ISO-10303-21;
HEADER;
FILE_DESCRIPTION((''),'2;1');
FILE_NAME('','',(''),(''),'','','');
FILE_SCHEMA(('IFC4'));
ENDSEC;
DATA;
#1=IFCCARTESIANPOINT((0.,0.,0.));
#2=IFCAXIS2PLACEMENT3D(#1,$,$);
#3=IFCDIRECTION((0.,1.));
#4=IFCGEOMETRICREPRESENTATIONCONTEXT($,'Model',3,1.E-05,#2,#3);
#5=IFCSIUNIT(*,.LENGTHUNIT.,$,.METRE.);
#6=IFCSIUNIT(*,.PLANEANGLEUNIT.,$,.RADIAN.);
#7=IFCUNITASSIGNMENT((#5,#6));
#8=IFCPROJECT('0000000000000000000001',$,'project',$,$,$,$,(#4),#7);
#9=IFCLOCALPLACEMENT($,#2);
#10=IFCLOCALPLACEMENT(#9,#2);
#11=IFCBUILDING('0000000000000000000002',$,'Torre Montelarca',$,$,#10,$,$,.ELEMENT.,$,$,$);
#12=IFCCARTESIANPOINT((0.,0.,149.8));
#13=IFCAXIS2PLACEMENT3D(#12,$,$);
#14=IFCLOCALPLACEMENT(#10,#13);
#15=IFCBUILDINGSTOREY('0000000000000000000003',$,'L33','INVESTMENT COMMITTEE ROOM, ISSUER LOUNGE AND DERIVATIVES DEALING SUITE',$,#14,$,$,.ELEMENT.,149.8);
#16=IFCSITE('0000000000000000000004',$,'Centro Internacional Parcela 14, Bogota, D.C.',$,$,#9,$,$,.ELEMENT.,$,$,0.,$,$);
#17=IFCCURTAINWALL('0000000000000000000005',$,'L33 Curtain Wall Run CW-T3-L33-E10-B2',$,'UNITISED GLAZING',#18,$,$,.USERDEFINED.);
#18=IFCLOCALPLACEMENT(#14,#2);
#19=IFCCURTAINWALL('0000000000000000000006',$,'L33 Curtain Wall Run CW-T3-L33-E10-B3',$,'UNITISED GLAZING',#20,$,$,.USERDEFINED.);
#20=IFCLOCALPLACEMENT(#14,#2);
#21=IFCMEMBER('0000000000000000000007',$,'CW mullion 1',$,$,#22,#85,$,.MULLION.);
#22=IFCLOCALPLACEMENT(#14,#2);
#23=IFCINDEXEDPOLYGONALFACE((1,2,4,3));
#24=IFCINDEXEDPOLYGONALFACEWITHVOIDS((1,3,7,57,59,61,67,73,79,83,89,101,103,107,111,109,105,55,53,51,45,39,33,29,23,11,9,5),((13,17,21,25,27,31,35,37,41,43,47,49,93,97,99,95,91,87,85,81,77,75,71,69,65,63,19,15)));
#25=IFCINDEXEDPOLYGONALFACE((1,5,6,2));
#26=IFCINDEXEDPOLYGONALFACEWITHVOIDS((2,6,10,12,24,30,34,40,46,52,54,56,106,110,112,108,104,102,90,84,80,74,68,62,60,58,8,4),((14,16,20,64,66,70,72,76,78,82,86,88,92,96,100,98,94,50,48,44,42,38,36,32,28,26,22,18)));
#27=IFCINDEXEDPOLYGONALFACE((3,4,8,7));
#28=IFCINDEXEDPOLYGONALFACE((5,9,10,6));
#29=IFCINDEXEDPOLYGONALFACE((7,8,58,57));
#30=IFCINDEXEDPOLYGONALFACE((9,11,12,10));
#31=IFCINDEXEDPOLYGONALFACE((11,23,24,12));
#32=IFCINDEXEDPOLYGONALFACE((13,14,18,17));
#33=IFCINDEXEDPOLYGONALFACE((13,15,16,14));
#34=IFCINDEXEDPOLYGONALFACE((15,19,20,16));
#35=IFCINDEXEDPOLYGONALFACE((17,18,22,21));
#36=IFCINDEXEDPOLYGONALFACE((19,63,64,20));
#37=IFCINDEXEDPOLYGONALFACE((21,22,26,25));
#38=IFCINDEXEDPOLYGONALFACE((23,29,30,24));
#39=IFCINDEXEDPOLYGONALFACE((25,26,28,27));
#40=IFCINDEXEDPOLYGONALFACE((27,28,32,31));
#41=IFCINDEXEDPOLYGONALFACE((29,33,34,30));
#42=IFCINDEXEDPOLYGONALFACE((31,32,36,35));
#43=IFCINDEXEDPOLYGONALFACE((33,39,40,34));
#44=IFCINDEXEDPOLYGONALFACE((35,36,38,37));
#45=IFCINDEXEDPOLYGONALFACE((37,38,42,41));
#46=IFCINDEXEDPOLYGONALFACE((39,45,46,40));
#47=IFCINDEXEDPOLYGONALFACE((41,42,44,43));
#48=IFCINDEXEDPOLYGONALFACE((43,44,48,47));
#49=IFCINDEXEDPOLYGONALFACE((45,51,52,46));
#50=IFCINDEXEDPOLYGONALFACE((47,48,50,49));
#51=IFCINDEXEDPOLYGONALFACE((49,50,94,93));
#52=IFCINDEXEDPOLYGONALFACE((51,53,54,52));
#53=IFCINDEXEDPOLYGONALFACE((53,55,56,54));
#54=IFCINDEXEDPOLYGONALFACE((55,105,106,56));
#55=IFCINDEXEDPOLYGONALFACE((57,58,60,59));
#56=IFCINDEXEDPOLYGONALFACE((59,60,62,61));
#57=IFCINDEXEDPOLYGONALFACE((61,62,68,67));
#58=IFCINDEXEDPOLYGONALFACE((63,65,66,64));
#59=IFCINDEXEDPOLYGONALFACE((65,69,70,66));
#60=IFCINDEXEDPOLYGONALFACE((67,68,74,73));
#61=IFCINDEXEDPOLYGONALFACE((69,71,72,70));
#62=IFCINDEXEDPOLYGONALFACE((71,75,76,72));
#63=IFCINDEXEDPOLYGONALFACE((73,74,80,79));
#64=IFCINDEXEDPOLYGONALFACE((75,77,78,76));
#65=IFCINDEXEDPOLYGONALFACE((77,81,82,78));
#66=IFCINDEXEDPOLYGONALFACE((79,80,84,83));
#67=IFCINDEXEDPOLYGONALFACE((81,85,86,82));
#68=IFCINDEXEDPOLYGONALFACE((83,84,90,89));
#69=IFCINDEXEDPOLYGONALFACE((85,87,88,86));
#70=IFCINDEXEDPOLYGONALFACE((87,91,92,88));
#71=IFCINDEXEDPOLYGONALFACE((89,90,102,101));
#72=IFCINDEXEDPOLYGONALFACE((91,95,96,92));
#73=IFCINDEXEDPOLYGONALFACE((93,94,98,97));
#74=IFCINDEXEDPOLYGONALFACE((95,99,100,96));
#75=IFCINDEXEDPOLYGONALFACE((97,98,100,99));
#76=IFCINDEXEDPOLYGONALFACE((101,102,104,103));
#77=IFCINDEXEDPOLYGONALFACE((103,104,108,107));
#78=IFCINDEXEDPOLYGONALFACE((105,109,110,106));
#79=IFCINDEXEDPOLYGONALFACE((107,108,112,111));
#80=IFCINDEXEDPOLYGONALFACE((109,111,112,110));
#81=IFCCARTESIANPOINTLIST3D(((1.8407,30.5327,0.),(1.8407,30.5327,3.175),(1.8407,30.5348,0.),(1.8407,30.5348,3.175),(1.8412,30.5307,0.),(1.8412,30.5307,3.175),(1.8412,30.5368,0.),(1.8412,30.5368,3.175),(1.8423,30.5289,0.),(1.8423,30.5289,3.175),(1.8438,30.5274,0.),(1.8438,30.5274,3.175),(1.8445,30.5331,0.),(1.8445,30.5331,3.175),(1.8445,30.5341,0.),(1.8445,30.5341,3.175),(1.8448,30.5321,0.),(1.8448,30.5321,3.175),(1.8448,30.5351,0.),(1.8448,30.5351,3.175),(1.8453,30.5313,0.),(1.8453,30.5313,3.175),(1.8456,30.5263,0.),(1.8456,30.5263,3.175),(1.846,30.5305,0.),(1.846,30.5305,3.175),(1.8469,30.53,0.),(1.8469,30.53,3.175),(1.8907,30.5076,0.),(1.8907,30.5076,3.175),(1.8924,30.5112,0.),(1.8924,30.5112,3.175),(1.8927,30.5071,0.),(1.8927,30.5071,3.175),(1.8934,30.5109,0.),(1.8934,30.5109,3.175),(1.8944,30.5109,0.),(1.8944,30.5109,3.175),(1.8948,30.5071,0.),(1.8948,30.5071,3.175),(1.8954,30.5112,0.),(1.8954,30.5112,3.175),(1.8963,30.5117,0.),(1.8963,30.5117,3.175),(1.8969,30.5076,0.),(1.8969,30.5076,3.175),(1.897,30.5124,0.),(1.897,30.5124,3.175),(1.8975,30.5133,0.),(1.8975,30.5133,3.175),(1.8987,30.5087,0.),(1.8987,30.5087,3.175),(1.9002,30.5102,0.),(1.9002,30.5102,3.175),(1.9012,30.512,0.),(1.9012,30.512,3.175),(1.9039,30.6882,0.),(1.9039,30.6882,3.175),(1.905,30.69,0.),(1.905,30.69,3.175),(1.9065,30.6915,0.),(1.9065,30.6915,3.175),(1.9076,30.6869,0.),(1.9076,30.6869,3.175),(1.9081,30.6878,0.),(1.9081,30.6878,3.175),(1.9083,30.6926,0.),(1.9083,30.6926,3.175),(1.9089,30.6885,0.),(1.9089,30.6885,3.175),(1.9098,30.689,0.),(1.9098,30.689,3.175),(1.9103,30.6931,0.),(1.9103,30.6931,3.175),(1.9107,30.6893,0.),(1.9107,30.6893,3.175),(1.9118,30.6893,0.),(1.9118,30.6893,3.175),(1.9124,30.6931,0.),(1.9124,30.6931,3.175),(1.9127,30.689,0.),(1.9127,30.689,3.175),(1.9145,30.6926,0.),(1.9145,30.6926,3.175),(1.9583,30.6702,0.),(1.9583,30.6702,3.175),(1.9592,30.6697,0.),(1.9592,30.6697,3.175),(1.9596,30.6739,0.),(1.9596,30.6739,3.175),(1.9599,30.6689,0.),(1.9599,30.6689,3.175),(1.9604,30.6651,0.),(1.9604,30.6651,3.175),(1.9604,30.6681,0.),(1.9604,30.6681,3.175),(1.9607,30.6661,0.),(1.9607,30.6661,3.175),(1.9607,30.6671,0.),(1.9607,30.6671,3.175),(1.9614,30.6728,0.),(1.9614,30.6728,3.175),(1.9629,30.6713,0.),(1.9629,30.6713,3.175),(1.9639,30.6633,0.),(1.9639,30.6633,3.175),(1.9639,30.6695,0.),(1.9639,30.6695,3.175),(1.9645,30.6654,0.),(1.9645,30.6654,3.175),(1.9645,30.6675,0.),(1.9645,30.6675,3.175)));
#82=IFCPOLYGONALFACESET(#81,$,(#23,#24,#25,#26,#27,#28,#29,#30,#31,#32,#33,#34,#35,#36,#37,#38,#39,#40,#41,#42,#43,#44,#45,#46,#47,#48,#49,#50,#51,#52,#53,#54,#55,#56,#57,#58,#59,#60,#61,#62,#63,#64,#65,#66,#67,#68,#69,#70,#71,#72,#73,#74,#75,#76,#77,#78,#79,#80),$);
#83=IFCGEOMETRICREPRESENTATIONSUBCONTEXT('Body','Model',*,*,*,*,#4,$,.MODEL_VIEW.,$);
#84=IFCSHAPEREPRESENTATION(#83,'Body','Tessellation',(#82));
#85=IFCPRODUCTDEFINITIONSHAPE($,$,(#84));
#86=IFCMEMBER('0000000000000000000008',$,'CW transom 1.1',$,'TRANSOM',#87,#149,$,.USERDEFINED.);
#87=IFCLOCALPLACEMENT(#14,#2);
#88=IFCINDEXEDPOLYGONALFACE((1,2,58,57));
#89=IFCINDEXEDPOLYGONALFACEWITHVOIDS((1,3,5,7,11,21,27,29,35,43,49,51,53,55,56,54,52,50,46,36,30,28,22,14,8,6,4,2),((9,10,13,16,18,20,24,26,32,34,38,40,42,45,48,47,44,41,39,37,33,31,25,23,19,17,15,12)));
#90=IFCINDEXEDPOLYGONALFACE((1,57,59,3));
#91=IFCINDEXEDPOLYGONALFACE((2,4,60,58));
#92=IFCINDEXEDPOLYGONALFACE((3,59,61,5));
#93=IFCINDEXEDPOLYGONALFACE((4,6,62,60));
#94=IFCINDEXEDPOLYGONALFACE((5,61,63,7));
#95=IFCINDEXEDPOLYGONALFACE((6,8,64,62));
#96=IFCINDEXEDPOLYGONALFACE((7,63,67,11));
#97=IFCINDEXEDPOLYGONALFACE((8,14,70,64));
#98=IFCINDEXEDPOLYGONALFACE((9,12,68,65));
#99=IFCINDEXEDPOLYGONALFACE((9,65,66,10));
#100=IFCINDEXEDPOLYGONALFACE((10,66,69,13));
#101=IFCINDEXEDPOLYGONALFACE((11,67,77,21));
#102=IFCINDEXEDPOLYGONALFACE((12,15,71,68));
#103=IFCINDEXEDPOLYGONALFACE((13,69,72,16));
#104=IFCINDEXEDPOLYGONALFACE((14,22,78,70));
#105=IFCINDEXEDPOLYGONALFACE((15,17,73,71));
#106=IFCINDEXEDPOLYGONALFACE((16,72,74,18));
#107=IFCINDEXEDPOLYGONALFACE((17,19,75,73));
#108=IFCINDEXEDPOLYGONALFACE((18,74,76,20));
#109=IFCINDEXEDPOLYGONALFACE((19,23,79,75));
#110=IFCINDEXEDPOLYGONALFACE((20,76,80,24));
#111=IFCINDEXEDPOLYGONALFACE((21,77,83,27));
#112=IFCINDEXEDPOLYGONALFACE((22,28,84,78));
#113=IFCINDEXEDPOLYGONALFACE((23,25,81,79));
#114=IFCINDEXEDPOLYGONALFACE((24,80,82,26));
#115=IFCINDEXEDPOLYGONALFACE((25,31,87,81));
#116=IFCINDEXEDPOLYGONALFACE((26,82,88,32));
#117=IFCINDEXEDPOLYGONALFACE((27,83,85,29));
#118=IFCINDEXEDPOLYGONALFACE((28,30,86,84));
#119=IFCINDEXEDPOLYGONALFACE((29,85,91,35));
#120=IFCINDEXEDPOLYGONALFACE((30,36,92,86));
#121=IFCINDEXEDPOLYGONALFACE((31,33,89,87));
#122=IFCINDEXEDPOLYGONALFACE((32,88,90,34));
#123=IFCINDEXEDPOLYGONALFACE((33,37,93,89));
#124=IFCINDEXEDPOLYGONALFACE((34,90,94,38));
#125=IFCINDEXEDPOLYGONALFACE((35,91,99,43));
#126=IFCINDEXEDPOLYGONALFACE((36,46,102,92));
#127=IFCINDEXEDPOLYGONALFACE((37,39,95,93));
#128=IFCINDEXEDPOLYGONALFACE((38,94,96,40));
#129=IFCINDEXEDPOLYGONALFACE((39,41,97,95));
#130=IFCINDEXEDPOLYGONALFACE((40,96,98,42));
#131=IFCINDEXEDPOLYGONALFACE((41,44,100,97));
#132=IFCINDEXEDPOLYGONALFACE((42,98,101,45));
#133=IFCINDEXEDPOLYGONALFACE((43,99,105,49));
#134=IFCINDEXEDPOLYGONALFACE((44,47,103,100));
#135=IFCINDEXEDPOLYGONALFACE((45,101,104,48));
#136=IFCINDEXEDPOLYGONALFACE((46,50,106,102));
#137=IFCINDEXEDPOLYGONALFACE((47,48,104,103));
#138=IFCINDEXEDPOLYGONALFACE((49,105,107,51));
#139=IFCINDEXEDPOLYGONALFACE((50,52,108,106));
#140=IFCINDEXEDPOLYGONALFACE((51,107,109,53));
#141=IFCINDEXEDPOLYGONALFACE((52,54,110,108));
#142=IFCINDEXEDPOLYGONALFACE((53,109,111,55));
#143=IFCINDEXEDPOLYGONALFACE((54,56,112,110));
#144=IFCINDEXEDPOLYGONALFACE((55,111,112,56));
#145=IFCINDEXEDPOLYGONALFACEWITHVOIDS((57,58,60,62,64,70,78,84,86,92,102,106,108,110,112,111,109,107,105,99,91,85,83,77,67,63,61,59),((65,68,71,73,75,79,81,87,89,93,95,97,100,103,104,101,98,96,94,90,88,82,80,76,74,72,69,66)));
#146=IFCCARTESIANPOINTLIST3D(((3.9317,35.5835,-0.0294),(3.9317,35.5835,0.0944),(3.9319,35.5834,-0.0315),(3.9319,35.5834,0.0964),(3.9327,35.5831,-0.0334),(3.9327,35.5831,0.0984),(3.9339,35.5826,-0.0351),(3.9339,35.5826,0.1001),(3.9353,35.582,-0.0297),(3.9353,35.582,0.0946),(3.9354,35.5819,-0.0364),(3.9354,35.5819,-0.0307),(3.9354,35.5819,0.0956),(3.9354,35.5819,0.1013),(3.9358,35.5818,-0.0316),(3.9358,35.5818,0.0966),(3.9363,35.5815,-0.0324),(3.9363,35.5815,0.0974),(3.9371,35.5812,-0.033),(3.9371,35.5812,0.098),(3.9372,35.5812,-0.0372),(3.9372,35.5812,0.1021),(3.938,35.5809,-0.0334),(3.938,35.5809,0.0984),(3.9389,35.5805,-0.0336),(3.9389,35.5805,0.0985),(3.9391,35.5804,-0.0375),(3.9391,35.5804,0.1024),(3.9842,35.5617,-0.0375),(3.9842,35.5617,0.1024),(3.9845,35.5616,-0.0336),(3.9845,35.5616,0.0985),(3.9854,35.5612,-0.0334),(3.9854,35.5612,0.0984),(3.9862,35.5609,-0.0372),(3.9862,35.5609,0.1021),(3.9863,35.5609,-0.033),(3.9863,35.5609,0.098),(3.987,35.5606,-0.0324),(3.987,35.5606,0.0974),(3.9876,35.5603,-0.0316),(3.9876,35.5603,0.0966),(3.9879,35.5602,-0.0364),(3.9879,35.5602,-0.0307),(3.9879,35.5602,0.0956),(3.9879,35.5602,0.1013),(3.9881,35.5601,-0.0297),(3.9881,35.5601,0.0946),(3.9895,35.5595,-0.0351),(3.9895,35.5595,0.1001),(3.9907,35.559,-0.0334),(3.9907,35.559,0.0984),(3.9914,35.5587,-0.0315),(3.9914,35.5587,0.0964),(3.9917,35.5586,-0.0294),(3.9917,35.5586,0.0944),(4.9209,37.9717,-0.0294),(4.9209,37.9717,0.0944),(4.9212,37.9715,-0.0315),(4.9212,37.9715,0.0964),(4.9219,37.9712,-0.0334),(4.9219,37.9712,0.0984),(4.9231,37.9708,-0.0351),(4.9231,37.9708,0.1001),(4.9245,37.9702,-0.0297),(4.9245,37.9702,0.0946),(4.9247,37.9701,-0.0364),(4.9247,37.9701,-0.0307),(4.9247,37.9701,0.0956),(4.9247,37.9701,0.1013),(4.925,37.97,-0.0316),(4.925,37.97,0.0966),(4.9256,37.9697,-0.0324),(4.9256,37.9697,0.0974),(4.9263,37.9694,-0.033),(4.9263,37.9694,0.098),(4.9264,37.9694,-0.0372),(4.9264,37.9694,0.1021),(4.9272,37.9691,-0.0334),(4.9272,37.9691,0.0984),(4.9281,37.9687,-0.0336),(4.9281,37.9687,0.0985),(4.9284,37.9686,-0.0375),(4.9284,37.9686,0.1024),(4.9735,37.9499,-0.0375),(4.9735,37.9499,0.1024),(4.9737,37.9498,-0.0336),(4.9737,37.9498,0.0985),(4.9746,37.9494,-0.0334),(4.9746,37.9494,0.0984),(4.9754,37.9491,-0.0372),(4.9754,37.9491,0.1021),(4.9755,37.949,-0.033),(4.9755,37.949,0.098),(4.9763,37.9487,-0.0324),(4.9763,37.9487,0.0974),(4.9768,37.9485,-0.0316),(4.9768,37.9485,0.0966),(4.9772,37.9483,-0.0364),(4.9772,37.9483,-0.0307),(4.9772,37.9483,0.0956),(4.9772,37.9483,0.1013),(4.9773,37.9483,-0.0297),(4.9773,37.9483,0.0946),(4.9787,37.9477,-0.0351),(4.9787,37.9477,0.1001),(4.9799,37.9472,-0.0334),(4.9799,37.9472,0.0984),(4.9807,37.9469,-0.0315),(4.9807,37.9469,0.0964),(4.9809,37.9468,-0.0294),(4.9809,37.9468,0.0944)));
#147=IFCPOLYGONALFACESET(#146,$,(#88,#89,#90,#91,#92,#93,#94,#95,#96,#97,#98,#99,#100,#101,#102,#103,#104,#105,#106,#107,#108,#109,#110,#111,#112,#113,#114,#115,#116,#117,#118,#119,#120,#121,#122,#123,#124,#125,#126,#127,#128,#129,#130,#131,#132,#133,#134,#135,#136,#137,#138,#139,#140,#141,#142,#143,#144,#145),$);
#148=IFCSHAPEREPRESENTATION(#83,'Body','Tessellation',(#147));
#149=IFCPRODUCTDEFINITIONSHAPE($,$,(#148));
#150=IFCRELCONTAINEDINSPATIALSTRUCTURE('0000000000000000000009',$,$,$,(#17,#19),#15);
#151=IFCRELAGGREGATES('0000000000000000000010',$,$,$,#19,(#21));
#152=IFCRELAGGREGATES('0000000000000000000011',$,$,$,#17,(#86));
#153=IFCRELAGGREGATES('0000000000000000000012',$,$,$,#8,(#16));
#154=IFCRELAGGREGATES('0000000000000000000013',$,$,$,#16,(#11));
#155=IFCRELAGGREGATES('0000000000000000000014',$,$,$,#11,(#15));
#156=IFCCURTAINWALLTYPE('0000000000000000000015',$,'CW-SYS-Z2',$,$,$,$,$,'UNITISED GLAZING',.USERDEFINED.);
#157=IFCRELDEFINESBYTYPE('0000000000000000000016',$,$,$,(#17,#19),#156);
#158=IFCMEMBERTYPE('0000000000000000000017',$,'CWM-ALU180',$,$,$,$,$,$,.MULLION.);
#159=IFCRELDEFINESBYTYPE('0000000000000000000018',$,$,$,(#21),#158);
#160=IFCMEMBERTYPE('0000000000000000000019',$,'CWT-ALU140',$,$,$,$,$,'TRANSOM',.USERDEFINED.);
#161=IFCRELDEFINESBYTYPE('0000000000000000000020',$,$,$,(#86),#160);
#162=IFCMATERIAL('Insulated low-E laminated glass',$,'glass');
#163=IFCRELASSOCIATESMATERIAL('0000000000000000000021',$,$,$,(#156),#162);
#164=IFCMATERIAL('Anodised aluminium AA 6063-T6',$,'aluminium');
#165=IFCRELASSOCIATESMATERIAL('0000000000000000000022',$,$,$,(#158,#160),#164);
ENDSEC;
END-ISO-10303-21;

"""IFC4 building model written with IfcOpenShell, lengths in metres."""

from ifc_helpers import new_model, si_unit, direction, frame, origin, origin_2d, place, context, subcontext, project, spatial, hollow_rectangle, extrude, source, transform, mapped, material, material_profile, profile_set, type_object, element, aggregate, save


model = new_model("IFC4")

# Units and contexts
model_context = context("Model", 3, precision=1e-05, world=origin(), true_north=direction((0.0, 1.0)))
body_context = subcontext(model_context, "Body", "Model", "MODEL_VIEW")
ifc_project = project(units=[si_unit("LENGTHUNIT", "METRE"), si_unit("PLANEANGLEUNIT", "RADIAN")], contexts=[model_context])

# Site, building, storey
site_placement = place(None, origin())
site = spatial("IfcSite", under=ifc_project, at=site_placement, Name="Centro Internacional Parcela 14, Bogota, D.C.", CompositionType="ELEMENT", RefElevation=0.0)
building_placement = place(site_placement, origin())
building = spatial("IfcBuilding", under=site, at=building_placement, Name="Torre Montelarca", CompositionType="ELEMENT")
storey_placement = place(building_placement, frame((0.0, 0.0, 149.8)))
storey = spatial("IfcBuildingStorey", under=building, at=storey_placement, Name="L33", Description="INVESTMENT COMMITTEE ROOM, ISSUER LOUNGE AND DERIVATIVES DEALING SUITE", CompositionType="ELEMENT", Elevation=149.8)

# Curtain wall
ifc_material_1 = material(Name="Insulated low-E laminated glass", Category="glass")
curtain_wall_type = type_object("IfcCurtainWallType", Name="CW-SYS-Z2", ElementType="UNITISED GLAZING", PredefinedType="USERDEFINED", material=ifc_material_1)
curtain_wall_1_placement = place(storey_placement, origin())
curtain_wall_1 = element("IfcCurtainWall", 1, at=curtain_wall_1_placement, inside=storey, type_object=curtain_wall_type, Name="L33 Curtain Wall Run CW-T3-L33-E10-B2", ObjectType="UNITISED GLAZING", PredefinedType="USERDEFINED")
ifc_material_2 = material(Name="Anodised aluminium AA 6063-T6", Category="aluminium")
ifc_material_profile_1 = material_profile(ifc_material_2, hollow_rectangle(XDim=0.0649, YDim=0.1799, WallThickness=0.0039, InnerFilletRadius=0.0039, OuterFilletRadius=0.0081, at=origin_2d()), Name="ALU65X180X4", Category="aluminium")
ifc_profile_set_1 = profile_set([ifc_material_profile_1], Name="Anodised aluminium AA 6063-T6")
member_type_1 = type_object("IfcMemberType", Name="CWM-ALU180", PredefinedType="MULLION", material=ifc_profile_set_1)
shared_shape_1 = source(origin(), body_context, "Body", "SweptSolid", [
    extrude(hollow_rectangle(XDim=0.0649, YDim=0.1799, WallThickness=0.0039, InnerFilletRadius=0.0039, OuterFilletRadius=0.0081, at=origin_2d()), origin(), (0.0, 0.0, 1.0), 3.175),
])

# Curtain wall, member
curtain_wall_2_placement = place(storey_placement, origin())
curtain_wall_2 = element("IfcCurtainWall", 2, at=curtain_wall_2_placement, inside=storey, type_object=curtain_wall_type, Name="L33 Curtain Wall Run CW-T3-L33-E10-B3", ObjectType="UNITISED GLAZING", PredefinedType="USERDEFINED")
member_1_placement = place(storey_placement, frame((1.9026, 30.6001, 0.0), z_axis=(0.0, 0.0, 1.0), x_axis=(0.92388, -0.382682, 0.0)))
member_1 = element("IfcMember", 3, at=member_1_placement, type_object=member_type_1, Name="CW mullion 1", PredefinedType="MULLION", context=body_context, shape_type="MappedRepresentation", body=[
    mapped(shared_shape_1, transform((0.0, 0.0, 0.0), scale=1.0)),
])
aggregate(curtain_wall_2, [member_1])

# Member
ifc_material_profile_2 = material_profile(ifc_material_2, hollow_rectangle(XDim=0.0649, YDim=0.1399, WallThickness=0.0039, InnerFilletRadius=0.0039, OuterFilletRadius=0.0081, at=origin_2d()), Name="ALU65X140X4", Category="aluminium")
ifc_profile_set_2 = profile_set([ifc_material_profile_2], Name="Anodised aluminium AA 6063-T6")
member_type_2 = type_object("IfcMemberType", Name="CWT-ALU140", ElementType="TRANSOM", PredefinedType="USERDEFINED", material=ifc_profile_set_2)
shared_shape_2 = source(origin(), body_context, "Body", "SweptSolid", [
    extrude(hollow_rectangle(XDim=0.0649, YDim=0.1399, WallThickness=0.0039, InnerFilletRadius=0.0039, OuterFilletRadius=0.0081, at=origin_2d()), origin(), (0.0, 0.0, 1.0), 2.585),
])
member_2_placement = place(storey_placement, frame((4.9509, 37.9592, 0.0325), z_axis=(-0.382697, -0.923874, 0.0), x_axis=(0.923874, -0.382697, 0.0)))
member_2 = element("IfcMember", 4, at=member_2_placement, type_object=member_type_2, Name="CW transom 1.1", ObjectType="TRANSOM", PredefinedType="USERDEFINED", context=body_context, shape_type="MappedRepresentation", body=[
    mapped(shared_shape_2, transform((0.0, 0.0, 0.0), scale=1.0)),
])

aggregate(curtain_wall_1, [member_2])

save(model, "model.ifc")
